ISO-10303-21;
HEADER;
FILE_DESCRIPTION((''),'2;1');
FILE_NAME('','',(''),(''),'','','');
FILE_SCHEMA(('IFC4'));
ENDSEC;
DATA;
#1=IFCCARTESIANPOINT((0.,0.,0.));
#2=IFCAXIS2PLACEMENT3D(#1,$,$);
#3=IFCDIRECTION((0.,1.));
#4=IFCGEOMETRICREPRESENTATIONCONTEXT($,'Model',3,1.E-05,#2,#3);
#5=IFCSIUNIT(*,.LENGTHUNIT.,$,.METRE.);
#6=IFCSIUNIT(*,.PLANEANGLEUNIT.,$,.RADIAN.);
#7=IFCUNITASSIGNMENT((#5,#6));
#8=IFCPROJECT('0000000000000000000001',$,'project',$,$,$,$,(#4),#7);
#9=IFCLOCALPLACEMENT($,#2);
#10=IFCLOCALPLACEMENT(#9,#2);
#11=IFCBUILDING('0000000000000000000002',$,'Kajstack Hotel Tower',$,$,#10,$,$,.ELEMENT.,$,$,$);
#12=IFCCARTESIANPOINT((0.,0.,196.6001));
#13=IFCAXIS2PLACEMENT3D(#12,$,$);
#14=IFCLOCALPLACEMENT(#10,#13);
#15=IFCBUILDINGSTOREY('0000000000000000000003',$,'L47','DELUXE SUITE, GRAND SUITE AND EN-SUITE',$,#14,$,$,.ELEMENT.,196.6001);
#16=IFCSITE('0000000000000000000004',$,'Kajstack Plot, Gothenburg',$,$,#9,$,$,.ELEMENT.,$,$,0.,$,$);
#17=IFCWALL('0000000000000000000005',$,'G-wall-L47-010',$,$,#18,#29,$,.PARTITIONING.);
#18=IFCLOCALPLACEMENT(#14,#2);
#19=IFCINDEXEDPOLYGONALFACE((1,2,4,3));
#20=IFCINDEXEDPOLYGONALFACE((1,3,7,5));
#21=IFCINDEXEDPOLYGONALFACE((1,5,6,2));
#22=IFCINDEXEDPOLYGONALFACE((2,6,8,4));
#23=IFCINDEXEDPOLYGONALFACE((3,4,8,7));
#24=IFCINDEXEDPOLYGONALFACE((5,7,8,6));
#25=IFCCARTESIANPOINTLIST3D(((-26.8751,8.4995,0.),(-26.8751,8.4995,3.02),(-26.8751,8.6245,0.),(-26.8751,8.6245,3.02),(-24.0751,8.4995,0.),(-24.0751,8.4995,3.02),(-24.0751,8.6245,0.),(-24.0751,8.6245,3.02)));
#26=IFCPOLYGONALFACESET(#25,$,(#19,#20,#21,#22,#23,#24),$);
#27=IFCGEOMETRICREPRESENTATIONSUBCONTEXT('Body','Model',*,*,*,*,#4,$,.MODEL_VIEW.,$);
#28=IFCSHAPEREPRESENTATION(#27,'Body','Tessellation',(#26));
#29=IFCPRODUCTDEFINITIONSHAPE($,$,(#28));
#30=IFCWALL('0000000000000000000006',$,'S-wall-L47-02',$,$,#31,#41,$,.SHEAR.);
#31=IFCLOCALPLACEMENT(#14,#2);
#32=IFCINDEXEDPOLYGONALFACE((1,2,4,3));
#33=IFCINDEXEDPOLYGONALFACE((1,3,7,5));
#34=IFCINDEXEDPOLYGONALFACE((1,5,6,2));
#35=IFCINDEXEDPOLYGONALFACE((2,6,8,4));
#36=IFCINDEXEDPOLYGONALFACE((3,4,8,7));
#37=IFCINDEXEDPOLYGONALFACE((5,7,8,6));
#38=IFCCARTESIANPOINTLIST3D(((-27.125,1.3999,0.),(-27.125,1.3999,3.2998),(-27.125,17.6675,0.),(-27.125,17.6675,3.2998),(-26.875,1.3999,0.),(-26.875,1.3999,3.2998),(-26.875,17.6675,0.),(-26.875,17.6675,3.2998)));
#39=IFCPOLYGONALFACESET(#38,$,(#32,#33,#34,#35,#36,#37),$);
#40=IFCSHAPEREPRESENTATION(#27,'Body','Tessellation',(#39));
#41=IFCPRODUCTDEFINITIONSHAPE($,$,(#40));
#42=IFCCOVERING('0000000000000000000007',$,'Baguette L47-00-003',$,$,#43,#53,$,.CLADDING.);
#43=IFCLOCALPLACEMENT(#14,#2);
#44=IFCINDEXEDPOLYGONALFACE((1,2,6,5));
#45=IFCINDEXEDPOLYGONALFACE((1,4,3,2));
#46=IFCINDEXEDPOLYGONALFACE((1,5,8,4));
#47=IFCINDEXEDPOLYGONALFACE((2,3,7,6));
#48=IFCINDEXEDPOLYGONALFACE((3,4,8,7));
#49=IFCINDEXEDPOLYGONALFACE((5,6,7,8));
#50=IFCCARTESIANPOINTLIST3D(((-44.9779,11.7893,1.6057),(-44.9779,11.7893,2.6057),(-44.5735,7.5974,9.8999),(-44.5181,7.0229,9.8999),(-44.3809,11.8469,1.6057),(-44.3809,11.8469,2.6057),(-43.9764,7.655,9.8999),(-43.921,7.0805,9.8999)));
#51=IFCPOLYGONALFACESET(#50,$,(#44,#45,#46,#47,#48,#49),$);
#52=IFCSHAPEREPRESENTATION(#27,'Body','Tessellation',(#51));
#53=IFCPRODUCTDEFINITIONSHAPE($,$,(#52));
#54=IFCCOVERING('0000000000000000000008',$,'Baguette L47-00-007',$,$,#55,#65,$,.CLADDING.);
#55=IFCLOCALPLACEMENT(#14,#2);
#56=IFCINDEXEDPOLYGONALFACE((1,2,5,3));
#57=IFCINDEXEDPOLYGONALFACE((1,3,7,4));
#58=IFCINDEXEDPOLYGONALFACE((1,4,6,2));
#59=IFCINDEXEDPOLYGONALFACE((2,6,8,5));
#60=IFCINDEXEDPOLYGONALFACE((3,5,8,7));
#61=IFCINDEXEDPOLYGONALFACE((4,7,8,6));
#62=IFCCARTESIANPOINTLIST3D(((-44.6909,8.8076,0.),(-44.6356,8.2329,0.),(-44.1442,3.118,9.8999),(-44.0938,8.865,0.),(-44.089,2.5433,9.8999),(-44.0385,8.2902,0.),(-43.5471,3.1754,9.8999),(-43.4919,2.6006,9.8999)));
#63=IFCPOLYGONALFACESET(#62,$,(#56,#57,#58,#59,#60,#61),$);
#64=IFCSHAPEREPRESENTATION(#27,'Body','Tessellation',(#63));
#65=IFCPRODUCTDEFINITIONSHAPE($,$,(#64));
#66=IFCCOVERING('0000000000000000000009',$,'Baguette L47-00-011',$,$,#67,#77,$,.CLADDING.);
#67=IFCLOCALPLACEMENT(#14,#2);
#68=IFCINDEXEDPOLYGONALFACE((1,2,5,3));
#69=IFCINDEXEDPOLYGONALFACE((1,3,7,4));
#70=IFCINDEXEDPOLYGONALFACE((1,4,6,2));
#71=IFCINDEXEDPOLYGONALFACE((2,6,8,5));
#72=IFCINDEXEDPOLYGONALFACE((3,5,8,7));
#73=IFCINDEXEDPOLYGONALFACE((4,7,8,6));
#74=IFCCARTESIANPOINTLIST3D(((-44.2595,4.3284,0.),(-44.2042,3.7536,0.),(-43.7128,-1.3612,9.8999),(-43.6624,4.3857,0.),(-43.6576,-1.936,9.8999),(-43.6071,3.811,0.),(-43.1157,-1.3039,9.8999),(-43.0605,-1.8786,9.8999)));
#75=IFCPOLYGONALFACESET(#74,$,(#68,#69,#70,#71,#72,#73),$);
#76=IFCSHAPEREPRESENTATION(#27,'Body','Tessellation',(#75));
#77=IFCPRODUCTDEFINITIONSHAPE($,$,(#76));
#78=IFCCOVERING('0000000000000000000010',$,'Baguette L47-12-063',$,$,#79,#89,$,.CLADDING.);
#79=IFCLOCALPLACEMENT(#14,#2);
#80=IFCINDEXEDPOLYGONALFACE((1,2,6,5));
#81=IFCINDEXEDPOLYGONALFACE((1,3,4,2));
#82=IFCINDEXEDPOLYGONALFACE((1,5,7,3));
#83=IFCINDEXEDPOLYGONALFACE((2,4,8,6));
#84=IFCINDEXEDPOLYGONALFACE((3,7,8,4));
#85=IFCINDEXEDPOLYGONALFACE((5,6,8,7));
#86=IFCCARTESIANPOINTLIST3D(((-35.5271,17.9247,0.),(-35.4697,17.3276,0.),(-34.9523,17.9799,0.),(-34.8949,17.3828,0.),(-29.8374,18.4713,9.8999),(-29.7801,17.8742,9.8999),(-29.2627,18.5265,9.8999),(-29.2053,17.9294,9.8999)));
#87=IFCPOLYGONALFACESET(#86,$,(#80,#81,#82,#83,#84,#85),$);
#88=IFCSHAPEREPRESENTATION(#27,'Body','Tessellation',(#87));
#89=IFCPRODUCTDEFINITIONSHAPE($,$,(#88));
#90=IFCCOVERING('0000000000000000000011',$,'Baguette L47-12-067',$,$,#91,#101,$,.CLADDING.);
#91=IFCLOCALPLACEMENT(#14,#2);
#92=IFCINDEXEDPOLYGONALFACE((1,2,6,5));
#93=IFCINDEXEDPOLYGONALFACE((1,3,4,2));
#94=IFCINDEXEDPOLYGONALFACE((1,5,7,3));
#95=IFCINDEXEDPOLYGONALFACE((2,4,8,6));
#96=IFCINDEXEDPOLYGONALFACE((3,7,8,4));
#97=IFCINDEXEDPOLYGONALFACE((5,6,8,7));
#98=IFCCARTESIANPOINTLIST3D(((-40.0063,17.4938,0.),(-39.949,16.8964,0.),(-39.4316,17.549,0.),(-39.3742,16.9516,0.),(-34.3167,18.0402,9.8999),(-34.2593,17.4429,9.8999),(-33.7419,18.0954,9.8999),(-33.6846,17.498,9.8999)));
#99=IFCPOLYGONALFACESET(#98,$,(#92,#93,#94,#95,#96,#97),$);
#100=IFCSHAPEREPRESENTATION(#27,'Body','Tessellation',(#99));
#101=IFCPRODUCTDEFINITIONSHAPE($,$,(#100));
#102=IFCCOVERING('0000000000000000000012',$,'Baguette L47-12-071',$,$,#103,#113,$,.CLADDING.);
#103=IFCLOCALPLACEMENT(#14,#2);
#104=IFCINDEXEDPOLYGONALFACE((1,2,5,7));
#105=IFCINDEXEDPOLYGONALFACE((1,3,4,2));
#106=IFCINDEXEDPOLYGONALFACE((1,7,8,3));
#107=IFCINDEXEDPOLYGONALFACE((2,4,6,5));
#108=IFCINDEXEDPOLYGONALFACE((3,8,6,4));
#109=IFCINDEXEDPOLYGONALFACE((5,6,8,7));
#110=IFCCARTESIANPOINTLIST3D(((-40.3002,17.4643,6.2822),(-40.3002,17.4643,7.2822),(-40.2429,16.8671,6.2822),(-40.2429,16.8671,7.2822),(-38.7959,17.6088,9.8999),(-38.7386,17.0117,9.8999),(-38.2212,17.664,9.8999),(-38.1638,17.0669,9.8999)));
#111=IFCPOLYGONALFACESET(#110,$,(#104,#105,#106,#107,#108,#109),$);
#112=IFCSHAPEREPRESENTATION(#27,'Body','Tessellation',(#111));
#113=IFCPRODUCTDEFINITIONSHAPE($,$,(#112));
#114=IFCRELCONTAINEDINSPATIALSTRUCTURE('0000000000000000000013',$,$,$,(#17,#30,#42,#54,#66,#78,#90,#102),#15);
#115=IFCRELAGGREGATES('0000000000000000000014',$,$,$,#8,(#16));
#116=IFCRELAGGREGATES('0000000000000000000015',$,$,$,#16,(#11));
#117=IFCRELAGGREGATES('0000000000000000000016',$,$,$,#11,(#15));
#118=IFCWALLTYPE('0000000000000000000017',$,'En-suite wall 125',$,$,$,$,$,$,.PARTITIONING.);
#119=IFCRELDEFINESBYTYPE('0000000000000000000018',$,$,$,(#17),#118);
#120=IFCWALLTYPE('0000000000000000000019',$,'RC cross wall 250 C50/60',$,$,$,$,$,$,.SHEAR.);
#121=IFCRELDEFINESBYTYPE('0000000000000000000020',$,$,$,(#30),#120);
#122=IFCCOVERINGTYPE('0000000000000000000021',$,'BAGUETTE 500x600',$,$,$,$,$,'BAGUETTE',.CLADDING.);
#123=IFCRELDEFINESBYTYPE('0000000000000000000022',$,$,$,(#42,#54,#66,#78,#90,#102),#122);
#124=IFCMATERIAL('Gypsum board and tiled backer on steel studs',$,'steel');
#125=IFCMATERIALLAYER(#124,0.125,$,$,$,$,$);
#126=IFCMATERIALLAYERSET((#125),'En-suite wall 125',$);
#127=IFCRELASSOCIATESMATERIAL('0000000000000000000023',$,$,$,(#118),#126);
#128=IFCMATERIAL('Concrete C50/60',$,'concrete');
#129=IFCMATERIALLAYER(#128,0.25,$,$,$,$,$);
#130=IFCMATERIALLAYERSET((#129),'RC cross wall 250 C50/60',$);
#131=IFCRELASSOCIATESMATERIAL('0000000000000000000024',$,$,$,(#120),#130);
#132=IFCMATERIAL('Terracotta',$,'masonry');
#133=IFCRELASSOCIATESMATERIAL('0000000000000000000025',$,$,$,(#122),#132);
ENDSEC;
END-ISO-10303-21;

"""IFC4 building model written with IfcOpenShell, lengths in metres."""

from ifc_helpers import new_model, si_unit, direction, frame, frame_2d, origin, origin_2d, place, context, subcontext, project, spatial, polyline, rectangle, outline, extrude, material, layer, layer_set, material_profile, profile_set, type_object, element, save


model = new_model("IFC4")

# Units and contexts
model_context = context("Model", 3, precision=1e-05, world=origin(), true_north=direction((0.0, 1.0)))
body_context = subcontext(model_context, "Body", "Model", "MODEL_VIEW")
ifc_project = project(units=[si_unit("LENGTHUNIT", "METRE"), si_unit("PLANEANGLEUNIT", "RADIAN")], contexts=[model_context])

# Site, building, storey
site_placement = place(None, origin())
site = spatial("IfcSite", under=ifc_project, at=site_placement, Name="Kajstack Plot, Gothenburg", CompositionType="ELEMENT", RefElevation=0.0)
building_placement = place(site_placement, origin())
building = spatial("IfcBuilding", under=site, at=building_placement, Name="Kajstack Hotel Tower", CompositionType="ELEMENT")
storey_placement = place(building_placement, frame((0.0, 0.0, 196.6001)))
storey = spatial("IfcBuildingStorey", under=building, at=storey_placement, Name="L47", Description="DELUXE SUITE, GRAND SUITE AND EN-SUITE", CompositionType="ELEMENT", Elevation=196.6001)

# Walls
ifc_material_1 = material(Name="Gypsum board and tiled backer on steel studs", Category="steel")
ifc_layer_1 = layer(ifc_material_1, 0.125)
ifc_layer_set_1 = layer_set([ifc_layer_1], Name="En-suite wall 125")
wall_type_1 = type_object("IfcWallType", Name="En-suite wall 125", PredefinedType="PARTITIONING", material=ifc_layer_set_1)
for number, where, z_axis, x_axis, name in (
    (1, (-26.875, 8.562, 0.0), (0.0, 0.0, 1.0), (1.0, 0.0, 0.0), "G-wall-L47-010"),
):
    element("IfcWall", number, at=place(storey_placement, frame(where, z_axis=z_axis, x_axis=x_axis)), inside=storey, type_object=wall_type_1, Name=name, PredefinedType="PARTITIONING", context=body_context, shape_type="SweptSolid", body=[
        extrude(rectangle(XDim=2.8, YDim=0.125, at=frame_2d((1.3999, 0.0))), origin(), (0.0, 0.0, 1.0), 3.02),
    ])
ifc_material_2 = material(Name="Concrete C50/60", Category="concrete")
ifc_layer_2 = layer(ifc_material_2, 0.25)
ifc_layer_set_2 = layer_set([ifc_layer_2], Name="RC cross wall 250 C50/60")
wall_type_2 = type_object("IfcWallType", Name="RC cross wall 250 C50/60", PredefinedType="SHEAR", material=ifc_layer_set_2)
wall_1_placement = place(storey_placement, frame((-27.0, 1.3999, 0.0), z_axis=(0.0, 0.0, 1.0), x_axis=(0.0, 1.0, 0.0)))
element("IfcWall", 2, at=wall_1_placement, inside=storey, type_object=wall_type_2, Name="S-wall-L47-02", PredefinedType="SHEAR", context=body_context, shape_type="SweptSolid", body=[
    extrude(rectangle(XDim=16.2676, YDim=0.25, at=frame_2d((8.1338, 0.0))), origin(), (0.0, 0.0, 1.0), 3.2998),
])

# Coverings
ifc_material_3 = material(Name="Terracotta", Category="masonry")
ifc_material_profile = material_profile(ifc_material_3, rectangle(XDim=0.6001, YDim=0.5, at=origin_2d()), Name="Terracotta-clad concrete baguette 500 x 600")
ifc_profile_set = profile_set([ifc_material_profile], Name="Terracotta")
covering_type = type_object("IfcCoveringType", Name="BAGUETTE 500x600", ElementType="BAGUETTE", PredefinedType="CLADDING", material=ifc_profile_set)
covering_1_placement = place(storey_placement, frame((-44.3809, 11.8469, 0.0), z_axis=(-0.995378, -0.096038, 0.0), x_axis=(0.096038, -0.995378, 0.0)))
element("IfcCovering", 3, at=covering_1_placement, inside=storey, type_object=covering_type, Name="Baguette L47-00-003", PredefinedType="CLADDING", context=body_context, shape_type="SweptSolid", body=[
    extrude(outline(polyline([(4.2114, 9.8999), (0.0, 2.6057), (0.0, 1.6057), (4.7886, 9.8999), (4.2114, 9.8999)])), origin(), (0.0, 0.0, 1.0), 0.5999),
])
for number, where, z_axis, x_axis, name in (
    (4, (-44.0938, 8.865, 0.0), (-0.995416, -0.095635, 0.0), (0.095635, -0.995416, 0.0), "Baguette L47-00-007"),
    (5, (-43.6624, 4.3857, 0.0), (-0.995416, -0.095635, 0.0), (0.095635, -0.995416, 0.0), "Baguette L47-00-011"),
):
    element("IfcCovering", number, at=place(storey_placement, frame(where, z_axis=z_axis, x_axis=x_axis)), inside=storey, type_object=covering_type, Name=name, PredefinedType="CLADDING", context=body_context, shape_type="SweptSolid", body=[
        extrude(outline(polyline([(5.7158, 9.8999), (0.0, 0.0), (0.5774, 0.0), (6.2932, 9.8999), (5.7158, 9.8999)])), origin(), (0.0, 0.0, 1.0), 0.5999),
    ])
covering_2_placement = place(storey_placement, frame((-29.2053, 17.9294, 0.0), z_axis=(-0.095635, 0.995416, 0.0), x_axis=(-0.995416, -0.095635, 0.0)))
element("IfcCovering", 6, at=covering_2_placement, inside=storey, type_object=covering_type, Name="Baguette L47-12-063", PredefinedType="CLADDING", context=body_context, shape_type="SweptSolid", body=[
    extrude(outline(polyline([(0.0, 9.8999), (5.7158, 0.0), (6.2932, 0.0), (0.5774, 9.8999), (0.0, 9.8999)])), origin(), (0.0, 0.0, 1.0), 0.5999),
])
covering_3_placement = place(storey_placement, frame((-33.6846, 17.498, 0.0), z_axis=(-0.095596, 0.99542, 0.0), x_axis=(-0.99542, -0.095596, 0.0)))
element("IfcCovering", 7, at=covering_3_placement, inside=storey, type_object=covering_type, Name="Baguette L47-12-067", PredefinedType="CLADDING", context=body_context, shape_type="SweptSolid", body=[
    extrude(outline(polyline([(0.0, 9.8999), (5.7158, 0.0), (6.2932, 0.0), (0.5774, 9.8999), (0.0, 9.8999)])), origin(), (0.0, 0.0, 1.0), 0.6001),
])
covering_4_placement = place(storey_placement, frame((-38.1638, 17.0669, 0.0), z_axis=(-0.095635, 0.995416, 0.0), x_axis=(-0.995416, -0.095635, 0.0)))
element("IfcCovering", 8, at=covering_4_placement, inside=storey, type_object=covering_type, Name="Baguette L47-12-071", PredefinedType="CLADDING", context=body_context, shape_type="SweptSolid", body=[
    extrude(outline(polyline([(0.0, 9.8999), (2.0886, 6.2822), (2.0886, 7.2822), (0.5774, 9.8999), (0.0, 9.8999)])), origin(), (0.0, 0.0, 1.0), 0.5999),
])

save(model, "model.ifc")
